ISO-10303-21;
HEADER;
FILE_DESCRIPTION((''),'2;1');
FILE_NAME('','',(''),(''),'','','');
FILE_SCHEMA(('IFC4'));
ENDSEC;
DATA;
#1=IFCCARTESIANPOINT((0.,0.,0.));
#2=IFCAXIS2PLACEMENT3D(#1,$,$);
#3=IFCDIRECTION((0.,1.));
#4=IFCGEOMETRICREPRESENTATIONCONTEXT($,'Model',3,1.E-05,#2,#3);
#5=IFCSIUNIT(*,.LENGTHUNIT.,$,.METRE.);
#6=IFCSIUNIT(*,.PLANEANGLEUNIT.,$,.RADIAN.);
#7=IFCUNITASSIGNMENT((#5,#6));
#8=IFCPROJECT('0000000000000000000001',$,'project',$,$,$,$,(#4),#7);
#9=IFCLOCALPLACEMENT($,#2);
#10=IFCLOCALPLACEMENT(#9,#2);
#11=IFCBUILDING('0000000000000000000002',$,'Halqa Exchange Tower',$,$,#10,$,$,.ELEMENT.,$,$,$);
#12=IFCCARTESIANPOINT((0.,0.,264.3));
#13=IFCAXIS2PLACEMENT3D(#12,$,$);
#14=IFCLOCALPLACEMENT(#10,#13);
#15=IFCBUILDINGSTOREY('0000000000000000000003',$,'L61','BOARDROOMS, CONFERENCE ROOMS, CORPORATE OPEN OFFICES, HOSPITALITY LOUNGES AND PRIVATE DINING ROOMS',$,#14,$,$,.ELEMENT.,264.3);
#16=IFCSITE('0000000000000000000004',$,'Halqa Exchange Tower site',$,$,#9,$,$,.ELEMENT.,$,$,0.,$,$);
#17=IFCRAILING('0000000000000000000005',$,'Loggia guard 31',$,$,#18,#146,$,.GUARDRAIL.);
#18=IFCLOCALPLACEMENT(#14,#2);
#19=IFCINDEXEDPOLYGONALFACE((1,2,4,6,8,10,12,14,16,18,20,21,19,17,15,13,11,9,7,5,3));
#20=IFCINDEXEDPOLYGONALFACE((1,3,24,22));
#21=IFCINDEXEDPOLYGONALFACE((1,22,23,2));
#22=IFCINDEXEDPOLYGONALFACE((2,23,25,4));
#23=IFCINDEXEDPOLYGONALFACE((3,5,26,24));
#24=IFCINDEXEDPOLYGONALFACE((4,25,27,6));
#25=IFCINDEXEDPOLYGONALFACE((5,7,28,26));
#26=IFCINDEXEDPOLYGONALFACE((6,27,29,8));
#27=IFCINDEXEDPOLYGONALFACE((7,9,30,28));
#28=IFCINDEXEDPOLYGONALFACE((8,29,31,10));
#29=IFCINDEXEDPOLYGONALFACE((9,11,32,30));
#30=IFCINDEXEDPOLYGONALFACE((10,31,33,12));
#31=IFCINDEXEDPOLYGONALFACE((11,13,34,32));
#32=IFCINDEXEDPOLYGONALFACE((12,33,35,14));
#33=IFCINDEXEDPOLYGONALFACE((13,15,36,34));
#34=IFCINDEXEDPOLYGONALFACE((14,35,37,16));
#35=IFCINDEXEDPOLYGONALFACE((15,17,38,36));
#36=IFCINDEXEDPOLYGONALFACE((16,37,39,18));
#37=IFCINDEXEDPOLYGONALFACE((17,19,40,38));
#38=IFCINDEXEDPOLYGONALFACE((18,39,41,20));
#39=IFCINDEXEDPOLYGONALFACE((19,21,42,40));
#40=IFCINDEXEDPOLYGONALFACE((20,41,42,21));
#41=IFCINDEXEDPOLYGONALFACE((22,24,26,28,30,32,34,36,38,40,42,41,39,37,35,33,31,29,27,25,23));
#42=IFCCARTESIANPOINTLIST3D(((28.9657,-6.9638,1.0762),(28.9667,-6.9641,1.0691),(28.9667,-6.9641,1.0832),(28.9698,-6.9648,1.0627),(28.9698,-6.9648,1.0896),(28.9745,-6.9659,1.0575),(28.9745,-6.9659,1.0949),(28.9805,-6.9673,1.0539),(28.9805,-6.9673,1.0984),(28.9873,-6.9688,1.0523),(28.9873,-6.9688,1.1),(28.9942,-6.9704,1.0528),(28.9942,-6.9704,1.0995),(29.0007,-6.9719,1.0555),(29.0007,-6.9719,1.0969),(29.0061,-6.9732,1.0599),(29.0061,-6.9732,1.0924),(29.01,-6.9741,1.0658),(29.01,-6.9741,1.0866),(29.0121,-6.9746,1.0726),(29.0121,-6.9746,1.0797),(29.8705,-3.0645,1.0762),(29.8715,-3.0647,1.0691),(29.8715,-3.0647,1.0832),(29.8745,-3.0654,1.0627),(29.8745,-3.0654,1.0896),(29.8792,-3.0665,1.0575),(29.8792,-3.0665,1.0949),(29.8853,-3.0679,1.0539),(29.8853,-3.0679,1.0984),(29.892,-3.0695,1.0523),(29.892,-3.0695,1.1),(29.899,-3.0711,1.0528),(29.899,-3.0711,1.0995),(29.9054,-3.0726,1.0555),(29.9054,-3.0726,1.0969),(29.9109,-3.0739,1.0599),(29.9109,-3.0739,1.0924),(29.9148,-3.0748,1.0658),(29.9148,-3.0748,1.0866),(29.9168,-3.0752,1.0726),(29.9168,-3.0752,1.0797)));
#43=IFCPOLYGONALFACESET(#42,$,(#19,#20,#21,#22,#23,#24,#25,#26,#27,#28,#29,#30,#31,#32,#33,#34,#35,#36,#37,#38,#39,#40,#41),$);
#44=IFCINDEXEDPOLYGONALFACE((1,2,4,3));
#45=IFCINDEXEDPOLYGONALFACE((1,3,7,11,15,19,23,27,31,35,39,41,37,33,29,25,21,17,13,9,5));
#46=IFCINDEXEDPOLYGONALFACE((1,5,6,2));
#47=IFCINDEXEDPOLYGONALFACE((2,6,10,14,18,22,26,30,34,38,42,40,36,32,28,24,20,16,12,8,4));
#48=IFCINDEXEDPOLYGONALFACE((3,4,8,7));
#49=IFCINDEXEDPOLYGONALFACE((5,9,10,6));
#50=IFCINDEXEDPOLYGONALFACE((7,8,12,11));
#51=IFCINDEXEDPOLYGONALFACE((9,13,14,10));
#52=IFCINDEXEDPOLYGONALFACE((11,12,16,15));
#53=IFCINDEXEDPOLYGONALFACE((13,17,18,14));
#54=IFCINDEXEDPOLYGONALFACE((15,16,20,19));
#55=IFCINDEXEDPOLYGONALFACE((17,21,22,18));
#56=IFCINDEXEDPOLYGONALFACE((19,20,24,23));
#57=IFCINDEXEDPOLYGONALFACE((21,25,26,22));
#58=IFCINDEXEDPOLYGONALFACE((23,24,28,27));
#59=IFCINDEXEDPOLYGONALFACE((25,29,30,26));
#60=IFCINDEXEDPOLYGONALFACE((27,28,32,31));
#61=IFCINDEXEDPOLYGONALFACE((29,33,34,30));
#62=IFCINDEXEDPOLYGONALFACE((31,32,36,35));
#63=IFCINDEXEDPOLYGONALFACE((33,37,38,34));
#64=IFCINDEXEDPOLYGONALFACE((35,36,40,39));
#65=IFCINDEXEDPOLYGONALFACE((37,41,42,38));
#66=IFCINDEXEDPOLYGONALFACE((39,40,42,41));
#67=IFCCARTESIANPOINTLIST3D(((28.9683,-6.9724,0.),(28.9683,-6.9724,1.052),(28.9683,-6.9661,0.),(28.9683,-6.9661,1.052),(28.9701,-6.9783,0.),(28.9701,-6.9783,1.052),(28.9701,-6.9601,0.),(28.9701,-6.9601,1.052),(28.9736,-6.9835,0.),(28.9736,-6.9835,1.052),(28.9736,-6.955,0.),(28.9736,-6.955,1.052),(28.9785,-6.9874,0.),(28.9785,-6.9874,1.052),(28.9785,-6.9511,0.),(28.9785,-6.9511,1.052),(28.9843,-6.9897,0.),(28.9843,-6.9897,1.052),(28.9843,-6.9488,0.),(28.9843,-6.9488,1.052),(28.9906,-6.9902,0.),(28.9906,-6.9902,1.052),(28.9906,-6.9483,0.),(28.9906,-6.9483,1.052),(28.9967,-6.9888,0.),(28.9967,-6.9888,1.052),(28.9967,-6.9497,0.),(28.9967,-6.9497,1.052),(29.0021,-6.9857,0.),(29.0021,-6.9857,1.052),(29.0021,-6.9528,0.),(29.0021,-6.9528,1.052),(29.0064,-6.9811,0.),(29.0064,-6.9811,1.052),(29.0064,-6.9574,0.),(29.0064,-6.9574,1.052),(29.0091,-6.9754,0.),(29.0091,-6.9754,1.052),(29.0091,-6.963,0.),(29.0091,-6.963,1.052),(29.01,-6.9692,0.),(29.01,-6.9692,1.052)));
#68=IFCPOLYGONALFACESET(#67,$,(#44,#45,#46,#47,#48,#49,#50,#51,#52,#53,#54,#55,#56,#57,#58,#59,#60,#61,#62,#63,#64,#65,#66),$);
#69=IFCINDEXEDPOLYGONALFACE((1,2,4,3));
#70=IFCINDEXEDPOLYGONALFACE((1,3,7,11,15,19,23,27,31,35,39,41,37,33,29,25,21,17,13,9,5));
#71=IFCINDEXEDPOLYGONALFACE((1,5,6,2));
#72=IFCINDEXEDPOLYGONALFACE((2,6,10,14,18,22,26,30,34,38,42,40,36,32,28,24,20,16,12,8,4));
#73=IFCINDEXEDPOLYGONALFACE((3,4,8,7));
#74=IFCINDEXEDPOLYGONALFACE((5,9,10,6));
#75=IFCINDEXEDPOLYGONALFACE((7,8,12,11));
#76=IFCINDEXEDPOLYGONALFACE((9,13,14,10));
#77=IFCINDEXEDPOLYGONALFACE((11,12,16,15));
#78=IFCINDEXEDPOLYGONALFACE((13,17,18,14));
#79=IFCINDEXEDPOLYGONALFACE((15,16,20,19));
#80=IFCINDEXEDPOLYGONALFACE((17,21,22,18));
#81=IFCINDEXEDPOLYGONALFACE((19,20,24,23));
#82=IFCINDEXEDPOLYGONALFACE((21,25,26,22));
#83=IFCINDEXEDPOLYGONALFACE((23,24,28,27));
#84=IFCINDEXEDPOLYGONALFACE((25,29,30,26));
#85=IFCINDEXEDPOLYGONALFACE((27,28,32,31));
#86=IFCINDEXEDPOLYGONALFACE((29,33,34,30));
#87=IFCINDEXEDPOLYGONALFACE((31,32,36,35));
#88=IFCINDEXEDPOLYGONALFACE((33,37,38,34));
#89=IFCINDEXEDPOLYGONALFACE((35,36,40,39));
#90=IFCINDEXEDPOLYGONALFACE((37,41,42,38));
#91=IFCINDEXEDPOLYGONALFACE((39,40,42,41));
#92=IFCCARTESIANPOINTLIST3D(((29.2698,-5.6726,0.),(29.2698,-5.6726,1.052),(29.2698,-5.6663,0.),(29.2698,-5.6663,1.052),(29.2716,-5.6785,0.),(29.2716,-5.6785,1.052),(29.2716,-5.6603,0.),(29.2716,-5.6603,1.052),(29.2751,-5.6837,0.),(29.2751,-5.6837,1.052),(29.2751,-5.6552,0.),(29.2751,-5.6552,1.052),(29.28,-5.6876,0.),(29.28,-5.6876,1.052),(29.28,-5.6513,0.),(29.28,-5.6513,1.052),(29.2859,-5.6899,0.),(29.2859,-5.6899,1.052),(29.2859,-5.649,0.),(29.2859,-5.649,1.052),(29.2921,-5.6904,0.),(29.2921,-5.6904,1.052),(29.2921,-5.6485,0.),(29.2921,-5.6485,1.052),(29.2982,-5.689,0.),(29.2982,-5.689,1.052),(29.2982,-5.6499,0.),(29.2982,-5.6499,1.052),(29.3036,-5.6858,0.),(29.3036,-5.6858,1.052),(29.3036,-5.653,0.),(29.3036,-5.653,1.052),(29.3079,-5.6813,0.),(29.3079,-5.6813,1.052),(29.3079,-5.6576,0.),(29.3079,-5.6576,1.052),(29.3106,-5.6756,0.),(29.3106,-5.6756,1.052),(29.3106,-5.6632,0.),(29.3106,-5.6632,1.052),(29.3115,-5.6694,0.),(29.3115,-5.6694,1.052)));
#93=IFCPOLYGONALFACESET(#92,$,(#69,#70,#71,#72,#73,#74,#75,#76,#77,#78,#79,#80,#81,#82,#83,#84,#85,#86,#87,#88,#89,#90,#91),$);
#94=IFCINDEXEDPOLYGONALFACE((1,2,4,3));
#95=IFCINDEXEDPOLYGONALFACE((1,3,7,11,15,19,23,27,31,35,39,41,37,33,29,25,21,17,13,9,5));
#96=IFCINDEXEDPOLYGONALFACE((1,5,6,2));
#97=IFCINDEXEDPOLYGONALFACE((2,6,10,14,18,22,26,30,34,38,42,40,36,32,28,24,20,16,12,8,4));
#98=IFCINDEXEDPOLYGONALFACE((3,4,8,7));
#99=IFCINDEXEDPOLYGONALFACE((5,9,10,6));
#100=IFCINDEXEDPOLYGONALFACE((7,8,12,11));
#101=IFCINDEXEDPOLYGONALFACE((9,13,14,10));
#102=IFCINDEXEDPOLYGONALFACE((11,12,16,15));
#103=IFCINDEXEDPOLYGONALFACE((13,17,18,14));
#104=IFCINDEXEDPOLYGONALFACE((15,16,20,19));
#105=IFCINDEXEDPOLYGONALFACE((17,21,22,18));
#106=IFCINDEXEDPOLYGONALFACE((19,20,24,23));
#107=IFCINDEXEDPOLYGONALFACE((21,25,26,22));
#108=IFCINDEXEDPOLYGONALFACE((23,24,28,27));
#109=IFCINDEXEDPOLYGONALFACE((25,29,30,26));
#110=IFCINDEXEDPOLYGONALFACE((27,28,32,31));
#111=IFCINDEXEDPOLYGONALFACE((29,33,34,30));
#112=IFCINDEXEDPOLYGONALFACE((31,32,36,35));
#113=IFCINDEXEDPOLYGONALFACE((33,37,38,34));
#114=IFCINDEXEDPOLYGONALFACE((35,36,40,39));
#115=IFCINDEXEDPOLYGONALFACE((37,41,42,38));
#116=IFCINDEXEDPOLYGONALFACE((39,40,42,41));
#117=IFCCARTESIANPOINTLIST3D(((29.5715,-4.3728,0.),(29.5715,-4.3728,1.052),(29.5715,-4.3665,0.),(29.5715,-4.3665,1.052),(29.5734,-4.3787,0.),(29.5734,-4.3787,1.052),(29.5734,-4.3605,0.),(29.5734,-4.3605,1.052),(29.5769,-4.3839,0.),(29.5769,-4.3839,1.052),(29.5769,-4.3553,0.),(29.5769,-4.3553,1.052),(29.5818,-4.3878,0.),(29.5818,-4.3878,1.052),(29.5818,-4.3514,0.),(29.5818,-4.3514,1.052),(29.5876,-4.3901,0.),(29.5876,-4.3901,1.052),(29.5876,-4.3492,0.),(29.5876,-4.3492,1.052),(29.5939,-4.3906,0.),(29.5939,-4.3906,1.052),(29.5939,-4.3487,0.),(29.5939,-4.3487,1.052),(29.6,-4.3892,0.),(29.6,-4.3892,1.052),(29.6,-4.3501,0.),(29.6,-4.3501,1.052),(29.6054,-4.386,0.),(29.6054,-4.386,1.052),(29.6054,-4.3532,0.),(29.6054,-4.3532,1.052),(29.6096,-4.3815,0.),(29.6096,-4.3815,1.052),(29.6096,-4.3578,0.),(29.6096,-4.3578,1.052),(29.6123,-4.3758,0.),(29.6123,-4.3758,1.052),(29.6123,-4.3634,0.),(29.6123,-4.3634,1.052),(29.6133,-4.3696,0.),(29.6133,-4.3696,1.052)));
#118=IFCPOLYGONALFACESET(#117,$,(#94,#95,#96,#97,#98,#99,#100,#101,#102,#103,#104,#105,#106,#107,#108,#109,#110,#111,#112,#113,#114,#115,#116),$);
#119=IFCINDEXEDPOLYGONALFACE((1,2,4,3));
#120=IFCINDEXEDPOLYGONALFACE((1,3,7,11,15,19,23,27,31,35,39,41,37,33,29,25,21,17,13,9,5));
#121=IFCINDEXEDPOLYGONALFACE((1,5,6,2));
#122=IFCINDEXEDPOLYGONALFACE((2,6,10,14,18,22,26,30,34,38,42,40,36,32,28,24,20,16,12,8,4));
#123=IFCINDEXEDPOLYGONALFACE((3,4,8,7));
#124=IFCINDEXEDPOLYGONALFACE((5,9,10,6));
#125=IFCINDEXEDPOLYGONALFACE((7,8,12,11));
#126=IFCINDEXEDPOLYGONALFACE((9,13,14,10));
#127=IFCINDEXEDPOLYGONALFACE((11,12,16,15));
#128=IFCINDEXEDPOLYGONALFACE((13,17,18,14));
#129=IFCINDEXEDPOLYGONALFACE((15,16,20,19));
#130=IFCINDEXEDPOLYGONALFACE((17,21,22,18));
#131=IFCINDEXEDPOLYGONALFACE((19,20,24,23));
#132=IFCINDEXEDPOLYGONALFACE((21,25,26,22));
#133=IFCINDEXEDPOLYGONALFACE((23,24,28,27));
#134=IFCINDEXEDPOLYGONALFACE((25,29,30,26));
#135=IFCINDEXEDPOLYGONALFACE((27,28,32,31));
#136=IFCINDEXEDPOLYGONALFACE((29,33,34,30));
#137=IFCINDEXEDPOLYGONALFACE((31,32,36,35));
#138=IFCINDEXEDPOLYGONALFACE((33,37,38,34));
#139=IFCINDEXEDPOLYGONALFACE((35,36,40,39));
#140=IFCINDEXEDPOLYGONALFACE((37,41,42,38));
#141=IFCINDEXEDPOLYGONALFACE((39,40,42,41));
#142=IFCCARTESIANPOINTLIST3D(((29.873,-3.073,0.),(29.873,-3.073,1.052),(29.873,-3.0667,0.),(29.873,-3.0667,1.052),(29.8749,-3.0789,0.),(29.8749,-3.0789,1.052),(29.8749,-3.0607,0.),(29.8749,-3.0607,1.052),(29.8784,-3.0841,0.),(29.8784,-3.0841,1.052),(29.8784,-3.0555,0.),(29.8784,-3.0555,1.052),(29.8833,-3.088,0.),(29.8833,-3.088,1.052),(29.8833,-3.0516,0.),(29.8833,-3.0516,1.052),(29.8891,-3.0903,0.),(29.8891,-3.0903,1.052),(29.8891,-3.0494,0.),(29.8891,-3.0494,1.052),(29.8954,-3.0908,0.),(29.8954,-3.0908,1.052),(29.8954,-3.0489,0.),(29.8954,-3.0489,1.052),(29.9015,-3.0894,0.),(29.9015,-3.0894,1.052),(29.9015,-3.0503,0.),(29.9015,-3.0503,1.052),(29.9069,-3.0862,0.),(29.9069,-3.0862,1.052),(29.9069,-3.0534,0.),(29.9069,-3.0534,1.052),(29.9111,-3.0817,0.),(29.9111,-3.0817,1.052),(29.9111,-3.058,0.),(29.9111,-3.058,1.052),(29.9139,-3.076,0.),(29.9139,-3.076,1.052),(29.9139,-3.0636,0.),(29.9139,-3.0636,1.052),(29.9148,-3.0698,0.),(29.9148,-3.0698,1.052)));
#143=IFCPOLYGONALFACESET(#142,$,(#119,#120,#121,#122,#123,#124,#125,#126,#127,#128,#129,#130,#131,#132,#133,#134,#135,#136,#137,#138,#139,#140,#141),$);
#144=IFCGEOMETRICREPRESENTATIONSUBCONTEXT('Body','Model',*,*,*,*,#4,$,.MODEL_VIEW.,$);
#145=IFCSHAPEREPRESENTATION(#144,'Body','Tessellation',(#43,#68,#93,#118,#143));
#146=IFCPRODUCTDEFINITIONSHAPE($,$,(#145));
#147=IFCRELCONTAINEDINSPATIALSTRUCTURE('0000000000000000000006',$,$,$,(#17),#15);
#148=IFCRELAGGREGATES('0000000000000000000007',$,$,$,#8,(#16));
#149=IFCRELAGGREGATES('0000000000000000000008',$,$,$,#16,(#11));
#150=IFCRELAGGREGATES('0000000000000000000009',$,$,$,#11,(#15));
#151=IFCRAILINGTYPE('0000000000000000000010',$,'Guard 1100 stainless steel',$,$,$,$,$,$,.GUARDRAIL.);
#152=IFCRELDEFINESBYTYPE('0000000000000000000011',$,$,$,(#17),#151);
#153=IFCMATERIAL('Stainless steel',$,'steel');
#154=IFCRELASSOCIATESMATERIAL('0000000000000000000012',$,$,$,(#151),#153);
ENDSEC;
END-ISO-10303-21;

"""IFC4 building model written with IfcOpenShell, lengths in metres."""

from ifc_helpers import new_model, si_unit, direction, frame, origin, origin_2d, place, context, subcontext, project, spatial, circle, extrude, material, type_object, element, save


model = new_model("IFC4")

# Units and contexts
model_context = context("Model", 3, precision=1e-05, world=origin(), true_north=direction((0.0, 1.0)))
body_context = subcontext(model_context, "Body", "Model", "MODEL_VIEW")
ifc_project = project(units=[si_unit("LENGTHUNIT", "METRE"), si_unit("PLANEANGLEUNIT", "RADIAN")], contexts=[model_context])

# Site, building, storey
site_placement = place(None, origin())
site = spatial("IfcSite", under=ifc_project, at=site_placement, Name="Halqa Exchange Tower site", CompositionType="ELEMENT", RefElevation=0.0)
building_placement = place(site_placement, origin())
building = spatial("IfcBuilding", under=site, at=building_placement, Name="Halqa Exchange Tower", CompositionType="ELEMENT")
storey_placement = place(building_placement, frame((0.0, 0.0, 264.3)))
storey = spatial("IfcBuildingStorey", under=building, at=storey_placement, Name="L61", Description="BOARDROOMS, CONFERENCE ROOMS, CORPORATE OPEN OFFICES, HOSPITALITY LOUNGES AND PRIVATE DINING ROOMS", CompositionType="ELEMENT", Elevation=264.3)

# Railing
ifc_material_1 = material(Name="Stainless steel", Category="steel")
railing_type = type_object("IfcRailingType", Name="Guard 1100 stainless steel", PredefinedType="GUARDRAIL", material=ifc_material_1)
railing_1_placement = place(storey_placement, frame((28.989, -6.9692, 0.0)))
element("IfcRailing", 1, at=railing_1_placement, inside=storey, type_object=railing_type, Name="Loggia guard 31", PredefinedType="GUARDRAIL", context=body_context, shape_type="SweptSolid", body=[
    extrude(circle(Radius=0.0239, at=origin_2d()), frame((0.0, 0.0, 1.0762), z_axis=(0.226026, 0.974121, 0.0), x_axis=(-0.974121, 0.226026, 0.0)), (0.0, 0.0, 1.0), 4.0029),
    extrude(circle(Radius=0.021, at=origin_2d()), origin(), (0.0, 0.0, 1.0), 1.052),
    extrude(circle(Radius=0.021, at=origin_2d()), frame((0.3015, 1.2998, 0.0)), (0.0, 0.0, 1.0), 1.052),
    extrude(circle(Radius=0.021, at=origin_2d()), frame((0.6033, 2.5996, 0.0)), (0.0, 0.0, 1.0), 1.052),
    extrude(circle(Radius=0.021, at=origin_2d()), frame((0.9048, 3.8994, 0.0)), (0.0, 0.0, 1.0), 1.052),
])

save(model, "model.ifc")
